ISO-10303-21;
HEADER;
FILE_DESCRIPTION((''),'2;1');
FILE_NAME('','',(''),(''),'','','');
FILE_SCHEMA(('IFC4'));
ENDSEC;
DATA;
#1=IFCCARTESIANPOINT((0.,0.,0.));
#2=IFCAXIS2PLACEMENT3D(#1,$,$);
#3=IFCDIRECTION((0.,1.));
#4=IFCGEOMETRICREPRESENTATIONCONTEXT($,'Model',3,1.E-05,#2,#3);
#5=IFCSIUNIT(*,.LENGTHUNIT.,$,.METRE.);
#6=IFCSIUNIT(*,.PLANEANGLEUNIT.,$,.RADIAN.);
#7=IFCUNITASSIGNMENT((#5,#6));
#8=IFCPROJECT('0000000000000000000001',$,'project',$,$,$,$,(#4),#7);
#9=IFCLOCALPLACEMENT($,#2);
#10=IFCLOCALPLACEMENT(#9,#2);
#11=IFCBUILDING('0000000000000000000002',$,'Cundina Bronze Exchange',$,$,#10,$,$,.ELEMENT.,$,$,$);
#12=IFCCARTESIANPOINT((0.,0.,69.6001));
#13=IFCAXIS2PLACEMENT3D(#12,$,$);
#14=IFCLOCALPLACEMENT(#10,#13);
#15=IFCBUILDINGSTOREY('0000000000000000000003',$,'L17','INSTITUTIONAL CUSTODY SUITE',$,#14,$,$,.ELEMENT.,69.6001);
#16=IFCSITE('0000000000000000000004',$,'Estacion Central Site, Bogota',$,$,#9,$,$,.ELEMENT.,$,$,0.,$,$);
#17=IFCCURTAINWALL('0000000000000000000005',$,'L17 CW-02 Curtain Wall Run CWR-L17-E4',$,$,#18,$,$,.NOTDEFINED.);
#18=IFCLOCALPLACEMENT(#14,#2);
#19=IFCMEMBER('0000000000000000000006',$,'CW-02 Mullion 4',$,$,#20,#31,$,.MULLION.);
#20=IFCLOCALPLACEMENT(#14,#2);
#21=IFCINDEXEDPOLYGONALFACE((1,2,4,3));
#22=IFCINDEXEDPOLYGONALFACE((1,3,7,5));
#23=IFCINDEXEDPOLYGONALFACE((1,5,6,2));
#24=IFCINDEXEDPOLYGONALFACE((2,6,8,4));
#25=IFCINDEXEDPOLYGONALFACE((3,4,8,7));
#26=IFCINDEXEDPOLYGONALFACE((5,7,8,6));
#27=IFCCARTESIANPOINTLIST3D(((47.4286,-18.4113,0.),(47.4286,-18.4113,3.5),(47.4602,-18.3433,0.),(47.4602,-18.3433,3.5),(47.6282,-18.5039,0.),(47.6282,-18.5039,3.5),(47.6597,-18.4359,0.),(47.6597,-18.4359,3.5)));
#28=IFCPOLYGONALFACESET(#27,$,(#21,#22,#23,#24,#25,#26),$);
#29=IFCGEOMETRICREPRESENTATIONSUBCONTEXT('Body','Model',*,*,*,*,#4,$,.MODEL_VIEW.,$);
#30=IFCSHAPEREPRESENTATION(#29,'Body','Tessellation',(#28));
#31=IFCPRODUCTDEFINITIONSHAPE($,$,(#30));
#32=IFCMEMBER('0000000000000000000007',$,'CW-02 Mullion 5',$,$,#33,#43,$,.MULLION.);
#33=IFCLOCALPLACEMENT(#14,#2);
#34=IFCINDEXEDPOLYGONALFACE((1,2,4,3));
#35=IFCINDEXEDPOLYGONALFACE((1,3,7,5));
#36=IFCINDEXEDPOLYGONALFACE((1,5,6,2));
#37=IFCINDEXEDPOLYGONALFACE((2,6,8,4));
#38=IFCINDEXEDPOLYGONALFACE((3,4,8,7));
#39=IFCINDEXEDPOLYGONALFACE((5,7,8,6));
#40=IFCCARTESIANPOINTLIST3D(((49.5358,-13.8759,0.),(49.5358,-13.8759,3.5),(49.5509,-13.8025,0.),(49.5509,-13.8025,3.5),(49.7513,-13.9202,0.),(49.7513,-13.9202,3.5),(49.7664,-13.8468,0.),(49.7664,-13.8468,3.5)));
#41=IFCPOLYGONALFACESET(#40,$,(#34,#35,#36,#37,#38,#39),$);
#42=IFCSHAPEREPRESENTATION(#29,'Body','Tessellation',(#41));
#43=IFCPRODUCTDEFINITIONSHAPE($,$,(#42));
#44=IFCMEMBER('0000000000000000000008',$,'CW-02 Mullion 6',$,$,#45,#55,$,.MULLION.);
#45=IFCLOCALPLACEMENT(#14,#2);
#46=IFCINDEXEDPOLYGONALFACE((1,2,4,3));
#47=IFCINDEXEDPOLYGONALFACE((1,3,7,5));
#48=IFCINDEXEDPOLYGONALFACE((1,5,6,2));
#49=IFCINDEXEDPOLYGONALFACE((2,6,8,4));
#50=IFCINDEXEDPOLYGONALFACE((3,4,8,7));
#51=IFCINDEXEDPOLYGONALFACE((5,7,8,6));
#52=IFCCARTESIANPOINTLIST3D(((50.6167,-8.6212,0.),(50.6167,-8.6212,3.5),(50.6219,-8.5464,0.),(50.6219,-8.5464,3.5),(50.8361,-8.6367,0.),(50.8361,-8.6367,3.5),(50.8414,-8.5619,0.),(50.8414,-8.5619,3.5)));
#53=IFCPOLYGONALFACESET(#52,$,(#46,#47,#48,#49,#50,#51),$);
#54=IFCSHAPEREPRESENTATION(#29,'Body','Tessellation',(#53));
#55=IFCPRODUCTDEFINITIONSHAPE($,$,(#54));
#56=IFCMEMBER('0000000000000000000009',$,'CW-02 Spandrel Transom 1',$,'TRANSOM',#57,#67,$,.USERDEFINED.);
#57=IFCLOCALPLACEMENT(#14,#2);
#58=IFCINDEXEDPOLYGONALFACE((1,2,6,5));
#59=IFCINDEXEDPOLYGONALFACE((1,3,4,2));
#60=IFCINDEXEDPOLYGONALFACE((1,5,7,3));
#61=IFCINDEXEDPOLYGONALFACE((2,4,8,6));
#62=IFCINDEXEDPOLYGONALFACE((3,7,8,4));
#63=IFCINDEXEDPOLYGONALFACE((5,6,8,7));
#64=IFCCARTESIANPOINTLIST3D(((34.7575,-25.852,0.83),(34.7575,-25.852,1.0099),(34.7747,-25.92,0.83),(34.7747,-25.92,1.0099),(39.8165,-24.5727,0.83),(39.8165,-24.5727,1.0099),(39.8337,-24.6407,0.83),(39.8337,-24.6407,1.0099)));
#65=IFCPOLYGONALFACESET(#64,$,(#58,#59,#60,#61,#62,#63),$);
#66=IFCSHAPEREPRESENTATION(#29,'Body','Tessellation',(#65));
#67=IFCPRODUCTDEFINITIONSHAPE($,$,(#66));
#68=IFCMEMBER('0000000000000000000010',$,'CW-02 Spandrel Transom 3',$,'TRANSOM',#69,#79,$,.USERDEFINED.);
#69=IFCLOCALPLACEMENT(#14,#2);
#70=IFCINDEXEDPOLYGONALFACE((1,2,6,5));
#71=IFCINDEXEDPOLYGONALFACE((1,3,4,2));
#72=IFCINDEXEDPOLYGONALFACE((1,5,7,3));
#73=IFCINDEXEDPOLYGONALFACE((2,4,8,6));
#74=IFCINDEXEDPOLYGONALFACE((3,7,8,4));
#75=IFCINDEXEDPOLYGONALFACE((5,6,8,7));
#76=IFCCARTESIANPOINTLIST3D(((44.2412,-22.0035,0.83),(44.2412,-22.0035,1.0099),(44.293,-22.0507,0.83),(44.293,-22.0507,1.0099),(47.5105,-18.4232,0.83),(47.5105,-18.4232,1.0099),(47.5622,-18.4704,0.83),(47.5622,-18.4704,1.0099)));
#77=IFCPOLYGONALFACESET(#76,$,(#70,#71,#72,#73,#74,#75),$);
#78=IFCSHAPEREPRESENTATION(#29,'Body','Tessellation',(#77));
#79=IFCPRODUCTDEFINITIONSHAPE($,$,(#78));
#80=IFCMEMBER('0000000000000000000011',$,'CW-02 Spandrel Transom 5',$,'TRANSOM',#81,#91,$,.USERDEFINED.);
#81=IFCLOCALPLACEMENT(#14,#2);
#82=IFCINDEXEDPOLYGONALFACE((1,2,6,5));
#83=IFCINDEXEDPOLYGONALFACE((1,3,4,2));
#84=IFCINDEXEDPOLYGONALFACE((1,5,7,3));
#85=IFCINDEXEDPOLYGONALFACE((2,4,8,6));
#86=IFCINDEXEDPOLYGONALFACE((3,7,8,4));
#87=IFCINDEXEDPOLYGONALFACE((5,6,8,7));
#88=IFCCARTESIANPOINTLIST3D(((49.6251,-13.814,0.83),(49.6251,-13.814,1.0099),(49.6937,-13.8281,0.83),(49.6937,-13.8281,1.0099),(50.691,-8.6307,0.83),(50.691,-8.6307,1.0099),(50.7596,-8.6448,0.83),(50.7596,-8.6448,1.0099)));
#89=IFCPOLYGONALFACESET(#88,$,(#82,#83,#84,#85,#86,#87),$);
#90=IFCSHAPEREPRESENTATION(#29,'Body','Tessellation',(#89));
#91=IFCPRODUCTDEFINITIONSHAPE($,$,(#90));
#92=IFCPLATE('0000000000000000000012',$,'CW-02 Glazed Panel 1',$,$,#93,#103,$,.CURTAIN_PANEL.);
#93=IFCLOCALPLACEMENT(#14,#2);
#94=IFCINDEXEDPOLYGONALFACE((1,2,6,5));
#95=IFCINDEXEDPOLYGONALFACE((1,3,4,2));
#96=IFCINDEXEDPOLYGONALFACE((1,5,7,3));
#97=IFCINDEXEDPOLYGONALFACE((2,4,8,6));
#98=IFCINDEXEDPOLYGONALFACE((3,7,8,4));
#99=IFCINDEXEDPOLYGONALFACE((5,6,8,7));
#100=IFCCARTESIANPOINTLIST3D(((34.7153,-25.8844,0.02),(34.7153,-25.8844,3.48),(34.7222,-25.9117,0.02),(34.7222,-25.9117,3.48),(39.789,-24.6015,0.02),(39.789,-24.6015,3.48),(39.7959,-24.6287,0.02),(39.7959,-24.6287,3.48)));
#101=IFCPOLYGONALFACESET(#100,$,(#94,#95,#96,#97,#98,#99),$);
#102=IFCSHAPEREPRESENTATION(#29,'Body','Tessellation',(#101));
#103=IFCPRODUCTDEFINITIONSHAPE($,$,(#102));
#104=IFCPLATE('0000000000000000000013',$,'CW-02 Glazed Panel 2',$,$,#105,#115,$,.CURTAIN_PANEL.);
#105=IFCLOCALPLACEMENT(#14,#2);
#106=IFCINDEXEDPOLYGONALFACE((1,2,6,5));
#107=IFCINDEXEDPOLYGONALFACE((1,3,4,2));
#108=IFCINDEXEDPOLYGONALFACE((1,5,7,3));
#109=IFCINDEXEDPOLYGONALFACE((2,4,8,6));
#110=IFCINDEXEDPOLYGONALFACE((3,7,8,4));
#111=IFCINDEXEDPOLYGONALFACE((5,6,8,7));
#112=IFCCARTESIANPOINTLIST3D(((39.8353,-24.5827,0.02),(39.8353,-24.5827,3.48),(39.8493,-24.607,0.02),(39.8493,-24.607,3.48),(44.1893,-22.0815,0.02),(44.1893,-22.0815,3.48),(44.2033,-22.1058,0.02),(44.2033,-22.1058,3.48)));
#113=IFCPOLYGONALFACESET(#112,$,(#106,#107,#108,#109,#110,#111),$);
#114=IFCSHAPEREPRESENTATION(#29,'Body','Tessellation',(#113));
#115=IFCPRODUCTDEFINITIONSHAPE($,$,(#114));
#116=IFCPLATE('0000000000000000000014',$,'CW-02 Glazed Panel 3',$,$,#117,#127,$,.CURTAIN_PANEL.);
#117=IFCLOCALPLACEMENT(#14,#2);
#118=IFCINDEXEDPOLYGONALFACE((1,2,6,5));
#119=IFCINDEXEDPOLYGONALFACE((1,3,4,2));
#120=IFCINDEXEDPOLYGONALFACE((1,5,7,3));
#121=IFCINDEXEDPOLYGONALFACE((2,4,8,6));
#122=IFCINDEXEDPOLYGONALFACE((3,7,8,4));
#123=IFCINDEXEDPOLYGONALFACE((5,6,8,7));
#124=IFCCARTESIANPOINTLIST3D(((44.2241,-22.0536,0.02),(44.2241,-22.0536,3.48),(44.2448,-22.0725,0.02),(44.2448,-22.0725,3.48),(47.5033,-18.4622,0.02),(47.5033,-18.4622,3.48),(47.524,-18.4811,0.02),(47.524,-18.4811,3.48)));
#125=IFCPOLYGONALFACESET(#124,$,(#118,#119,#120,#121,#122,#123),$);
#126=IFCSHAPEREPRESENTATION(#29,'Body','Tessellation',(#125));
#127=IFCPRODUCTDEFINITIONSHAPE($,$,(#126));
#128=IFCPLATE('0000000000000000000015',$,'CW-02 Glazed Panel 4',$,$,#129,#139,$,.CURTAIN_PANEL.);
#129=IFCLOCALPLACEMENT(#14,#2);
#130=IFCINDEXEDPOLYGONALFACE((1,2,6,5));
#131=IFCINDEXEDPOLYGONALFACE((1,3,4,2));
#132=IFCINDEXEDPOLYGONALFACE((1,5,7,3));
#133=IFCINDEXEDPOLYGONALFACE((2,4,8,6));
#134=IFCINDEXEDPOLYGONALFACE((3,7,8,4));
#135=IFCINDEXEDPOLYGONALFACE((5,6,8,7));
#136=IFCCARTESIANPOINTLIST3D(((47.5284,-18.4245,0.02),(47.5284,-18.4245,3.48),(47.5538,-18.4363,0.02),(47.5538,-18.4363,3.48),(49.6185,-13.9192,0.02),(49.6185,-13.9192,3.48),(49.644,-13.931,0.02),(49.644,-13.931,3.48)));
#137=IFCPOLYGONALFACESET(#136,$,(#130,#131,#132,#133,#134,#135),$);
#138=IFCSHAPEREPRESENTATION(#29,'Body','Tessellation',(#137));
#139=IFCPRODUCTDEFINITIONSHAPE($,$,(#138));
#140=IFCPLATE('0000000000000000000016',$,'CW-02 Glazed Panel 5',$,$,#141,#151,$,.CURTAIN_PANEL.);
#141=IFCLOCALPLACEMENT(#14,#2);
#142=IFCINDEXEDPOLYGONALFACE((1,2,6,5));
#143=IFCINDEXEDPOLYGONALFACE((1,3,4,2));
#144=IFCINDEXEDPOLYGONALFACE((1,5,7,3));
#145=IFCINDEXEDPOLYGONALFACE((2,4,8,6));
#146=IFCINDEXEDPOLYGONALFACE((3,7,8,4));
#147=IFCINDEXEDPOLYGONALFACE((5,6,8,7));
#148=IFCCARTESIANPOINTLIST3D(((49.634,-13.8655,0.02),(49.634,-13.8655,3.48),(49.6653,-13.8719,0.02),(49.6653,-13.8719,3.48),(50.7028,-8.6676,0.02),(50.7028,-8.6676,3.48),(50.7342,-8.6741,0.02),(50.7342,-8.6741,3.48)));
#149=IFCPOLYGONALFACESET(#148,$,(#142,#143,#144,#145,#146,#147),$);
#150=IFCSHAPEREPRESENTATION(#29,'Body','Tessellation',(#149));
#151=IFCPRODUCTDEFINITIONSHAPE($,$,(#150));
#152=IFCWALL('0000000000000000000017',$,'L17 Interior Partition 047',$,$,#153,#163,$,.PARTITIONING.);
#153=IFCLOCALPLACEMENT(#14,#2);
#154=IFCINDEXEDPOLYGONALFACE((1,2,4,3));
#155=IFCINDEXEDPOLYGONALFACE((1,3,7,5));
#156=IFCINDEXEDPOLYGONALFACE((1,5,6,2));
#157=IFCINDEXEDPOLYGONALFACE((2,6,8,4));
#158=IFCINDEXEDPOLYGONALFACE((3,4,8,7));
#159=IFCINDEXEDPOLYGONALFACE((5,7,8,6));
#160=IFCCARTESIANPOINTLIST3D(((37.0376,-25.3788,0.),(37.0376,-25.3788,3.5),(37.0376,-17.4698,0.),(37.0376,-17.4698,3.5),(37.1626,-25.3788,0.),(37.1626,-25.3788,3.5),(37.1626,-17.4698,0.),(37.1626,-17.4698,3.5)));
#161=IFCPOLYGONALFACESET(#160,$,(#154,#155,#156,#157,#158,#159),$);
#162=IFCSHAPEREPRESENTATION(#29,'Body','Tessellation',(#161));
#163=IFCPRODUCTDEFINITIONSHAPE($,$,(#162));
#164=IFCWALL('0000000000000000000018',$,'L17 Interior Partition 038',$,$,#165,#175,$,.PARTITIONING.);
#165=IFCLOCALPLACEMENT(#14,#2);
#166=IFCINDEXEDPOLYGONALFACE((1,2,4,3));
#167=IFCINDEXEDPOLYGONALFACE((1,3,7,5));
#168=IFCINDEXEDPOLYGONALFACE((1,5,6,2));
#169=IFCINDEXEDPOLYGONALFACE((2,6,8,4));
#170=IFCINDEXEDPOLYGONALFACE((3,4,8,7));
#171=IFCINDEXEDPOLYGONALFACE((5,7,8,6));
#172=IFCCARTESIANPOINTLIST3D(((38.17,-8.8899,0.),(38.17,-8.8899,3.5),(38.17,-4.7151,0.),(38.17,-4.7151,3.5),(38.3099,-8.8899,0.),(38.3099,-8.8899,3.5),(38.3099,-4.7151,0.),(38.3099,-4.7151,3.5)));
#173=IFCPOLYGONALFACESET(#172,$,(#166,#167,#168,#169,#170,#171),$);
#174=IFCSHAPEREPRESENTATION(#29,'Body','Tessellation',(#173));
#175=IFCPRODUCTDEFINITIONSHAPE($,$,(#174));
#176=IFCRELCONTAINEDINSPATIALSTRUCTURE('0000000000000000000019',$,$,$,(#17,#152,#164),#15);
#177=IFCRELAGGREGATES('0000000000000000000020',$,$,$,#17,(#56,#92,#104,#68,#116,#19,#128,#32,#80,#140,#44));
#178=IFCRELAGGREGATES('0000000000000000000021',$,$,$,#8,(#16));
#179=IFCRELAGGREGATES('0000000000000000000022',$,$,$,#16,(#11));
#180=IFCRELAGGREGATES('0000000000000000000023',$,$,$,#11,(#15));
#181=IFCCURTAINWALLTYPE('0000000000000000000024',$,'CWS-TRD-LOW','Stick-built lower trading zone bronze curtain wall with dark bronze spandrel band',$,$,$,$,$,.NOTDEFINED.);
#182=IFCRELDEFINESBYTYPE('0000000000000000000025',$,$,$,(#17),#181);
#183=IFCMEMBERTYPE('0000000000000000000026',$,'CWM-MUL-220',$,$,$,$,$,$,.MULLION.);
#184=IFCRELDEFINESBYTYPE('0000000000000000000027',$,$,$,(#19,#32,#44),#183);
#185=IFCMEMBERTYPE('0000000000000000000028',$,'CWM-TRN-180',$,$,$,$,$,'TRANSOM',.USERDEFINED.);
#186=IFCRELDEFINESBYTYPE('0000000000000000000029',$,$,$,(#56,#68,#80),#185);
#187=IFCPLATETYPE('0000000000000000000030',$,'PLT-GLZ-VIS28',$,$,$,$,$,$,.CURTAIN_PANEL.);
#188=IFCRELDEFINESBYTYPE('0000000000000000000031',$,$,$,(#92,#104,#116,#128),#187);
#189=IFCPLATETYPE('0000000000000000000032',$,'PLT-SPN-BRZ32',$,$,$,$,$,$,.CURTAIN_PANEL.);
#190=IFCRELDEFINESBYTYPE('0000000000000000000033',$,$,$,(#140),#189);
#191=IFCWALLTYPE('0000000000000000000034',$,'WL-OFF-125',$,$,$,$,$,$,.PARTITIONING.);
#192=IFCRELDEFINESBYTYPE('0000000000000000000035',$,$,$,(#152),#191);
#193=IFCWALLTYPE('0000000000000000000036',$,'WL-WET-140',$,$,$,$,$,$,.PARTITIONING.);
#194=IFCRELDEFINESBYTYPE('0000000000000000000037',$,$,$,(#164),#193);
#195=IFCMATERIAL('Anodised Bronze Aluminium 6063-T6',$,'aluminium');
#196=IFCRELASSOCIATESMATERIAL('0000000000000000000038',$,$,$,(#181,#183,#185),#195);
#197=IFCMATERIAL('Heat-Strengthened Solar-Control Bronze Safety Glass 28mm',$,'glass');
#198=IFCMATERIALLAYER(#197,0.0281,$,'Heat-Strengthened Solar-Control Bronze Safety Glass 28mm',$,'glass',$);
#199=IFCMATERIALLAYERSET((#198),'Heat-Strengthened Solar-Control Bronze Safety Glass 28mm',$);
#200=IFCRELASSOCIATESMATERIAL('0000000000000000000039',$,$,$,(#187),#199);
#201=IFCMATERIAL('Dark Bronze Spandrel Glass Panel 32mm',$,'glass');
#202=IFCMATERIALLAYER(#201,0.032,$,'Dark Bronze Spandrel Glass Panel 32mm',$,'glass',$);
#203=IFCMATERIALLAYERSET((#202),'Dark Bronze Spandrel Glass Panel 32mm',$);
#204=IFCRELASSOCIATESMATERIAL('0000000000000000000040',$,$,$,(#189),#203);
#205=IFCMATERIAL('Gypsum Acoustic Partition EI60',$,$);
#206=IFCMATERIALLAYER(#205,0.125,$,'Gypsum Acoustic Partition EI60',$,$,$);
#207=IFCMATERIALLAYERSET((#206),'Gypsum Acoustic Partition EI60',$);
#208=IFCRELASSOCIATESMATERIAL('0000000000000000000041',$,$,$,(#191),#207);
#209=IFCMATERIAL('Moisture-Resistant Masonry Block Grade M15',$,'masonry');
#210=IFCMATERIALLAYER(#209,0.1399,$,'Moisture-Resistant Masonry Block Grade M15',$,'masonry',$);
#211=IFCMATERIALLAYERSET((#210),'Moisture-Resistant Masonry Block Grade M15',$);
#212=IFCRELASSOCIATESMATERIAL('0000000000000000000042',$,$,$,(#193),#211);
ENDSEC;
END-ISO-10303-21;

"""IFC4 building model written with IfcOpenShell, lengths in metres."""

from ifc_helpers import new_model, si_unit, direction, frame, frame_2d, origin, origin_2d, place, context, subcontext, project, spatial, rectangle, extrude, material, layer, layer_set, material_profile, profile_set, type_object, element, aggregate, save


model = new_model("IFC4")

# Units and contexts
model_context = context("Model", 3, precision=1e-05, world=origin(), true_north=direction((0.0, 1.0)))
body_context = subcontext(model_context, "Body", "Model", "MODEL_VIEW")
ifc_project = project(units=[si_unit("LENGTHUNIT", "METRE"), si_unit("PLANEANGLEUNIT", "RADIAN")], contexts=[model_context])

# Site, building, storey
site_placement = place(None, origin())
site = spatial("IfcSite", under=ifc_project, at=site_placement, Name="Estacion Central Site, Bogota", CompositionType="ELEMENT", RefElevation=0.0)
building_placement = place(site_placement, origin())
building = spatial("IfcBuilding", under=site, at=building_placement, Name="Cundina Bronze Exchange", CompositionType="ELEMENT")
storey_placement = place(building_placement, frame((0.0, 0.0, 69.6001)))
storey = spatial("IfcBuildingStorey", under=building, at=storey_placement, Name="L17", Description="INSTITUTIONAL CUSTODY SUITE", CompositionType="ELEMENT", Elevation=69.6001)

# Shared definitions
ifc_material_1 = material(Name="Anodised Bronze Aluminium 6063-T6", Category="aluminium")
curtain_wall_type = type_object("IfcCurtainWallType", Name="CWS-TRD-LOW", Description="Stick-built lower trading zone bronze curtain wall with dark bronze spandrel band", PredefinedType="NOTDEFINED", material=ifc_material_1)
ifc_material_profile_1 = material_profile(ifc_material_1, rectangle(XDim=0.075, YDim=0.22, at=origin_2d()), Name="AL75X220", Category="aluminium")
ifc_profile_set_1 = profile_set([ifc_material_profile_1], Name="Anodised Bronze Aluminium 6063-T6")
member_type_1 = type_object("IfcMemberType", Name="CWM-MUL-220", PredefinedType="MULLION", material=ifc_profile_set_1)

# Curtain wall, members, plates
curtain_wall_1_placement = place(storey_placement, origin())
curtain_wall_1 = element("IfcCurtainWall", 1, at=curtain_wall_1_placement, inside=storey, type_object=curtain_wall_type, Name="L17 CW-02 Curtain Wall Run CWR-L17-E4", PredefinedType="NOTDEFINED")
member_1_placement = place(storey_placement, frame((47.5442, -18.4236, 0.0), z_axis=(0.0, 0.0, 1.0), x_axis=(0.420877, 0.907117, 0.0)))
member_1 = element("IfcMember", 2, at=member_1_placement, type_object=member_type_1, Name="CW-02 Mullion 4", PredefinedType="MULLION", context=body_context, shape_type="SweptSolid", body=[
    extrude(rectangle(XDim=0.075, YDim=0.22, at=origin_2d()), origin(), (0.0, 0.0, 1.0), 3.5),
])
member_2_placement = place(storey_placement, frame((49.6511, -13.8613, 0.0), z_axis=(0.0, 0.0, 1.0), x_axis=(0.20142, 0.979505, 0.0)))
member_2 = element("IfcMember", 3, at=member_2_placement, type_object=member_type_1, Name="CW-02 Mullion 5", PredefinedType="MULLION", context=body_context, shape_type="SweptSolid", body=[
    extrude(rectangle(XDim=0.075, YDim=0.22, at=origin_2d()), origin(), (0.0, 0.0, 1.0), 3.5),
])
member_3_placement = place(storey_placement, frame((50.729, -8.5916, 0.0), z_axis=(0.0, 0.0, 1.0), x_axis=(0.070279, 0.997527, 0.0)))
member_3 = element("IfcMember", 4, at=member_3_placement, type_object=member_type_1, Name="CW-02 Mullion 6", PredefinedType="MULLION", context=body_context, shape_type="SweptSolid", body=[
    extrude(rectangle(XDim=0.075, YDim=0.22, at=origin_2d()), origin(), (0.0, 0.0, 1.0), 3.5),
])
ifc_material_profile_2 = material_profile(ifc_material_1, rectangle(XDim=0.0701, YDim=0.1799, at=origin_2d()), Name="AL70X180", Category="aluminium")
ifc_profile_set_2 = profile_set([ifc_material_profile_2], Name="Anodised Bronze Aluminium 6063-T6")
member_type_2 = type_object("IfcMemberType", Name="CWM-TRN-180", ElementType="TRANSOM", PredefinedType="USERDEFINED", material=ifc_profile_set_2)
member_4_placement = place(storey_placement, frame((34.7661, -25.886, 0.9199), z_axis=(0.969484, 0.245155, 0.0), x_axis=(-0.245155, 0.969484, 0.0)))
member_4 = element("IfcMember", 5, at=member_4_placement, type_object=member_type_2, Name="CW-02 Spandrel Transom 1", ObjectType="TRANSOM", PredefinedType="USERDEFINED", context=body_context, shape_type="SweptSolid", body=[
    extrude(rectangle(XDim=0.0701, YDim=0.1799, at=origin_2d()), origin(), (0.0, 0.0, 1.0), 5.2183),
])
member_5_placement = place(storey_placement, frame((44.2671, -22.0271, 0.9199), z_axis=(0.674303, 0.738455, 0.0), x_axis=(-0.738455, 0.674303, 0.0)))
member_5 = element("IfcMember", 6, at=member_5_placement, type_object=member_type_2, Name="CW-02 Spandrel Transom 3", ObjectType="TRANSOM", PredefinedType="USERDEFINED", context=body_context, shape_type="SweptSolid", body=[
    extrude(rectangle(XDim=0.0701, YDim=0.1799, at=origin_2d()), origin(), (0.0, 0.0, 1.0), 4.8484),
])
member_6_placement = place(storey_placement, frame((49.6594, -13.821, 0.9199), z_axis=(0.201428, 0.979503, 0.0), x_axis=(-0.979503, 0.201428, 0.0)))
member_6 = element("IfcMember", 7, at=member_6_placement, type_object=member_type_2, Name="CW-02 Spandrel Transom 5", ObjectType="TRANSOM", PredefinedType="USERDEFINED", context=body_context, shape_type="SweptSolid", body=[
    extrude(rectangle(XDim=0.0701, YDim=0.1799, at=origin_2d()), origin(), (0.0, 0.0, 1.0), 5.2917),
])
ifc_material_2 = material(Name="Heat-Strengthened Solar-Control Bronze Safety Glass 28mm", Category="glass")
ifc_layer_1 = layer(ifc_material_2, 0.0281, Name="Heat-Strengthened Solar-Control Bronze Safety Glass 28mm", Category="glass")
ifc_layer_set_1 = layer_set([ifc_layer_1], Name="Heat-Strengthened Solar-Control Bronze Safety Glass 28mm")
plate_type_1 = type_object("IfcPlateType", Name="PLT-GLZ-VIS28", PredefinedType="CURTAIN_PANEL", material=ifc_layer_set_1)
plate_1_placement = place(storey_placement, frame((37.2556, -25.2566, 0.02), z_axis=(0.0, 0.0, 1.0), x_axis=(0.969488, 0.245138, 0.0)))
plate_1 = element("IfcPlate", 8, at=plate_1_placement, type_object=plate_type_1, Name="CW-02 Glazed Panel 1", PredefinedType="CURTAIN_PANEL", context=body_context, shape_type="SweptSolid", body=[
    extrude(rectangle(XDim=5.2334, YDim=0.0281, at=origin_2d()), origin(), (0.0, 0.0, 1.0), 3.46),
])
plate_2_placement = place(storey_placement, frame((42.0193, -23.3442, 0.02), z_axis=(0.0, 0.0, 1.0), x_axis=(0.867105, 0.498125, 0.0)))
plate_2 = element("IfcPlate", 9, at=plate_2_placement, type_object=plate_type_1, Name="CW-02 Glazed Panel 2", PredefinedType="CURTAIN_PANEL", context=body_context, shape_type="SweptSolid", body=[
    extrude(rectangle(XDim=5.0212, YDim=0.0281, at=origin_2d()), origin(), (0.0, 0.0, 1.0), 3.46),
])
plate_3_placement = place(storey_placement, frame((45.874, -20.2673, 0.02), z_axis=(0.0, 0.0, 1.0), x_axis=(0.674277, 0.738479, 0.0)))
plate_3 = element("IfcPlate", 10, at=plate_3_placement, type_object=plate_type_1, Name="CW-02 Glazed Panel 3", PredefinedType="CURTAIN_PANEL", context=body_context, shape_type="SweptSolid", body=[
    extrude(rectangle(XDim=4.8633, YDim=0.0281, at=origin_2d()), origin(), (0.0, 0.0, 1.0), 3.46),
])
plate_4_placement = place(storey_placement, frame((48.5862, -16.1777, 0.02), z_axis=(0.0, 0.0, 1.0), x_axis=(0.420846, 0.907132, 0.0)))
plate_4 = element("IfcPlate", 11, at=plate_4_placement, type_object=plate_type_1, Name="CW-02 Glazed Panel 4", PredefinedType="CURTAIN_PANEL", context=body_context, shape_type="SweptSolid", body=[
    extrude(rectangle(XDim=4.9666, YDim=0.0281, at=origin_2d()), origin(), (0.0, 0.0, 1.0), 3.46),
])
ifc_material_3 = material(Name="Dark Bronze Spandrel Glass Panel 32mm", Category="glass")
ifc_layer_2 = layer(ifc_material_3, 0.032, Name="Dark Bronze Spandrel Glass Panel 32mm", Category="glass")
ifc_layer_set_2 = layer_set([ifc_layer_2], Name="Dark Bronze Spandrel Glass Panel 32mm")
plate_type_2 = type_object("IfcPlateType", Name="PLT-SPN-BRZ32", PredefinedType="CURTAIN_PANEL", material=ifc_layer_set_2)
plate_5_placement = place(storey_placement, frame((50.1841, -11.2698, 0.02), z_axis=(0.0, 0.0, 1.0), x_axis=(0.20142, 0.979505, 0.0)))
plate_5 = element("IfcPlate", 12, at=plate_5_placement, type_object=plate_type_2, Name="CW-02 Glazed Panel 5", PredefinedType="CURTAIN_PANEL", context=body_context, shape_type="SweptSolid", body=[
    extrude(rectangle(XDim=5.3066, YDim=0.032, at=origin_2d()), origin(), (0.0, 0.0, 1.0), 3.46),
])
aggregate(curtain_wall_1, [member_4, plate_1, plate_2, member_5, plate_3, member_1, plate_4, member_2, member_6, plate_5, member_3])

# Walls
ifc_material_4 = material(Name="Gypsum Acoustic Partition EI60")
ifc_layer_3 = layer(ifc_material_4, 0.125, Name="Gypsum Acoustic Partition EI60")
ifc_layer_set_3 = layer_set([ifc_layer_3], Name="Gypsum Acoustic Partition EI60")
wall_type_1 = type_object("IfcWallType", Name="WL-OFF-125", PredefinedType="PARTITIONING", material=ifc_layer_set_3)
wall_1_placement = place(storey_placement, frame((37.1001, -25.3789, 0.0), z_axis=(0.0, 0.0, 1.0), x_axis=(0.0, 1.0, 0.0)))
element("IfcWall", 13, at=wall_1_placement, inside=storey, type_object=wall_type_1, Name="L17 Interior Partition 047", PredefinedType="PARTITIONING", context=body_context, shape_type="SweptSolid", body=[
    extrude(rectangle(XDim=7.9089, YDim=0.125, at=frame_2d((3.9546, 0.0))), origin(), (0.0, 0.0, 1.0), 3.5),
])
ifc_material_5 = material(Name="Moisture-Resistant Masonry Block Grade M15", Category="masonry")
ifc_layer_4 = layer(ifc_material_5, 0.1399, Name="Moisture-Resistant Masonry Block Grade M15", Category="masonry")
ifc_layer_set_4 = layer_set([ifc_layer_4], Name="Moisture-Resistant Masonry Block Grade M15")
wall_type_2 = type_object("IfcWallType", Name="WL-WET-140", PredefinedType="PARTITIONING", material=ifc_layer_set_4)
wall_2_placement = place(storey_placement, frame((38.24, -8.8899, 0.0), z_axis=(0.0, 0.0, 1.0), x_axis=(0.0, 1.0, 0.0)))
element("IfcWall", 14, at=wall_2_placement, inside=storey, type_object=wall_type_2, Name="L17 Interior Partition 038", PredefinedType="PARTITIONING", context=body_context, shape_type="SweptSolid", body=[
    extrude(rectangle(XDim=4.1748, YDim=0.1399, at=frame_2d((2.0874, 0.0))), origin(), (0.0, 0.0, 1.0), 3.5),
])

save(model, "model.ifc")
